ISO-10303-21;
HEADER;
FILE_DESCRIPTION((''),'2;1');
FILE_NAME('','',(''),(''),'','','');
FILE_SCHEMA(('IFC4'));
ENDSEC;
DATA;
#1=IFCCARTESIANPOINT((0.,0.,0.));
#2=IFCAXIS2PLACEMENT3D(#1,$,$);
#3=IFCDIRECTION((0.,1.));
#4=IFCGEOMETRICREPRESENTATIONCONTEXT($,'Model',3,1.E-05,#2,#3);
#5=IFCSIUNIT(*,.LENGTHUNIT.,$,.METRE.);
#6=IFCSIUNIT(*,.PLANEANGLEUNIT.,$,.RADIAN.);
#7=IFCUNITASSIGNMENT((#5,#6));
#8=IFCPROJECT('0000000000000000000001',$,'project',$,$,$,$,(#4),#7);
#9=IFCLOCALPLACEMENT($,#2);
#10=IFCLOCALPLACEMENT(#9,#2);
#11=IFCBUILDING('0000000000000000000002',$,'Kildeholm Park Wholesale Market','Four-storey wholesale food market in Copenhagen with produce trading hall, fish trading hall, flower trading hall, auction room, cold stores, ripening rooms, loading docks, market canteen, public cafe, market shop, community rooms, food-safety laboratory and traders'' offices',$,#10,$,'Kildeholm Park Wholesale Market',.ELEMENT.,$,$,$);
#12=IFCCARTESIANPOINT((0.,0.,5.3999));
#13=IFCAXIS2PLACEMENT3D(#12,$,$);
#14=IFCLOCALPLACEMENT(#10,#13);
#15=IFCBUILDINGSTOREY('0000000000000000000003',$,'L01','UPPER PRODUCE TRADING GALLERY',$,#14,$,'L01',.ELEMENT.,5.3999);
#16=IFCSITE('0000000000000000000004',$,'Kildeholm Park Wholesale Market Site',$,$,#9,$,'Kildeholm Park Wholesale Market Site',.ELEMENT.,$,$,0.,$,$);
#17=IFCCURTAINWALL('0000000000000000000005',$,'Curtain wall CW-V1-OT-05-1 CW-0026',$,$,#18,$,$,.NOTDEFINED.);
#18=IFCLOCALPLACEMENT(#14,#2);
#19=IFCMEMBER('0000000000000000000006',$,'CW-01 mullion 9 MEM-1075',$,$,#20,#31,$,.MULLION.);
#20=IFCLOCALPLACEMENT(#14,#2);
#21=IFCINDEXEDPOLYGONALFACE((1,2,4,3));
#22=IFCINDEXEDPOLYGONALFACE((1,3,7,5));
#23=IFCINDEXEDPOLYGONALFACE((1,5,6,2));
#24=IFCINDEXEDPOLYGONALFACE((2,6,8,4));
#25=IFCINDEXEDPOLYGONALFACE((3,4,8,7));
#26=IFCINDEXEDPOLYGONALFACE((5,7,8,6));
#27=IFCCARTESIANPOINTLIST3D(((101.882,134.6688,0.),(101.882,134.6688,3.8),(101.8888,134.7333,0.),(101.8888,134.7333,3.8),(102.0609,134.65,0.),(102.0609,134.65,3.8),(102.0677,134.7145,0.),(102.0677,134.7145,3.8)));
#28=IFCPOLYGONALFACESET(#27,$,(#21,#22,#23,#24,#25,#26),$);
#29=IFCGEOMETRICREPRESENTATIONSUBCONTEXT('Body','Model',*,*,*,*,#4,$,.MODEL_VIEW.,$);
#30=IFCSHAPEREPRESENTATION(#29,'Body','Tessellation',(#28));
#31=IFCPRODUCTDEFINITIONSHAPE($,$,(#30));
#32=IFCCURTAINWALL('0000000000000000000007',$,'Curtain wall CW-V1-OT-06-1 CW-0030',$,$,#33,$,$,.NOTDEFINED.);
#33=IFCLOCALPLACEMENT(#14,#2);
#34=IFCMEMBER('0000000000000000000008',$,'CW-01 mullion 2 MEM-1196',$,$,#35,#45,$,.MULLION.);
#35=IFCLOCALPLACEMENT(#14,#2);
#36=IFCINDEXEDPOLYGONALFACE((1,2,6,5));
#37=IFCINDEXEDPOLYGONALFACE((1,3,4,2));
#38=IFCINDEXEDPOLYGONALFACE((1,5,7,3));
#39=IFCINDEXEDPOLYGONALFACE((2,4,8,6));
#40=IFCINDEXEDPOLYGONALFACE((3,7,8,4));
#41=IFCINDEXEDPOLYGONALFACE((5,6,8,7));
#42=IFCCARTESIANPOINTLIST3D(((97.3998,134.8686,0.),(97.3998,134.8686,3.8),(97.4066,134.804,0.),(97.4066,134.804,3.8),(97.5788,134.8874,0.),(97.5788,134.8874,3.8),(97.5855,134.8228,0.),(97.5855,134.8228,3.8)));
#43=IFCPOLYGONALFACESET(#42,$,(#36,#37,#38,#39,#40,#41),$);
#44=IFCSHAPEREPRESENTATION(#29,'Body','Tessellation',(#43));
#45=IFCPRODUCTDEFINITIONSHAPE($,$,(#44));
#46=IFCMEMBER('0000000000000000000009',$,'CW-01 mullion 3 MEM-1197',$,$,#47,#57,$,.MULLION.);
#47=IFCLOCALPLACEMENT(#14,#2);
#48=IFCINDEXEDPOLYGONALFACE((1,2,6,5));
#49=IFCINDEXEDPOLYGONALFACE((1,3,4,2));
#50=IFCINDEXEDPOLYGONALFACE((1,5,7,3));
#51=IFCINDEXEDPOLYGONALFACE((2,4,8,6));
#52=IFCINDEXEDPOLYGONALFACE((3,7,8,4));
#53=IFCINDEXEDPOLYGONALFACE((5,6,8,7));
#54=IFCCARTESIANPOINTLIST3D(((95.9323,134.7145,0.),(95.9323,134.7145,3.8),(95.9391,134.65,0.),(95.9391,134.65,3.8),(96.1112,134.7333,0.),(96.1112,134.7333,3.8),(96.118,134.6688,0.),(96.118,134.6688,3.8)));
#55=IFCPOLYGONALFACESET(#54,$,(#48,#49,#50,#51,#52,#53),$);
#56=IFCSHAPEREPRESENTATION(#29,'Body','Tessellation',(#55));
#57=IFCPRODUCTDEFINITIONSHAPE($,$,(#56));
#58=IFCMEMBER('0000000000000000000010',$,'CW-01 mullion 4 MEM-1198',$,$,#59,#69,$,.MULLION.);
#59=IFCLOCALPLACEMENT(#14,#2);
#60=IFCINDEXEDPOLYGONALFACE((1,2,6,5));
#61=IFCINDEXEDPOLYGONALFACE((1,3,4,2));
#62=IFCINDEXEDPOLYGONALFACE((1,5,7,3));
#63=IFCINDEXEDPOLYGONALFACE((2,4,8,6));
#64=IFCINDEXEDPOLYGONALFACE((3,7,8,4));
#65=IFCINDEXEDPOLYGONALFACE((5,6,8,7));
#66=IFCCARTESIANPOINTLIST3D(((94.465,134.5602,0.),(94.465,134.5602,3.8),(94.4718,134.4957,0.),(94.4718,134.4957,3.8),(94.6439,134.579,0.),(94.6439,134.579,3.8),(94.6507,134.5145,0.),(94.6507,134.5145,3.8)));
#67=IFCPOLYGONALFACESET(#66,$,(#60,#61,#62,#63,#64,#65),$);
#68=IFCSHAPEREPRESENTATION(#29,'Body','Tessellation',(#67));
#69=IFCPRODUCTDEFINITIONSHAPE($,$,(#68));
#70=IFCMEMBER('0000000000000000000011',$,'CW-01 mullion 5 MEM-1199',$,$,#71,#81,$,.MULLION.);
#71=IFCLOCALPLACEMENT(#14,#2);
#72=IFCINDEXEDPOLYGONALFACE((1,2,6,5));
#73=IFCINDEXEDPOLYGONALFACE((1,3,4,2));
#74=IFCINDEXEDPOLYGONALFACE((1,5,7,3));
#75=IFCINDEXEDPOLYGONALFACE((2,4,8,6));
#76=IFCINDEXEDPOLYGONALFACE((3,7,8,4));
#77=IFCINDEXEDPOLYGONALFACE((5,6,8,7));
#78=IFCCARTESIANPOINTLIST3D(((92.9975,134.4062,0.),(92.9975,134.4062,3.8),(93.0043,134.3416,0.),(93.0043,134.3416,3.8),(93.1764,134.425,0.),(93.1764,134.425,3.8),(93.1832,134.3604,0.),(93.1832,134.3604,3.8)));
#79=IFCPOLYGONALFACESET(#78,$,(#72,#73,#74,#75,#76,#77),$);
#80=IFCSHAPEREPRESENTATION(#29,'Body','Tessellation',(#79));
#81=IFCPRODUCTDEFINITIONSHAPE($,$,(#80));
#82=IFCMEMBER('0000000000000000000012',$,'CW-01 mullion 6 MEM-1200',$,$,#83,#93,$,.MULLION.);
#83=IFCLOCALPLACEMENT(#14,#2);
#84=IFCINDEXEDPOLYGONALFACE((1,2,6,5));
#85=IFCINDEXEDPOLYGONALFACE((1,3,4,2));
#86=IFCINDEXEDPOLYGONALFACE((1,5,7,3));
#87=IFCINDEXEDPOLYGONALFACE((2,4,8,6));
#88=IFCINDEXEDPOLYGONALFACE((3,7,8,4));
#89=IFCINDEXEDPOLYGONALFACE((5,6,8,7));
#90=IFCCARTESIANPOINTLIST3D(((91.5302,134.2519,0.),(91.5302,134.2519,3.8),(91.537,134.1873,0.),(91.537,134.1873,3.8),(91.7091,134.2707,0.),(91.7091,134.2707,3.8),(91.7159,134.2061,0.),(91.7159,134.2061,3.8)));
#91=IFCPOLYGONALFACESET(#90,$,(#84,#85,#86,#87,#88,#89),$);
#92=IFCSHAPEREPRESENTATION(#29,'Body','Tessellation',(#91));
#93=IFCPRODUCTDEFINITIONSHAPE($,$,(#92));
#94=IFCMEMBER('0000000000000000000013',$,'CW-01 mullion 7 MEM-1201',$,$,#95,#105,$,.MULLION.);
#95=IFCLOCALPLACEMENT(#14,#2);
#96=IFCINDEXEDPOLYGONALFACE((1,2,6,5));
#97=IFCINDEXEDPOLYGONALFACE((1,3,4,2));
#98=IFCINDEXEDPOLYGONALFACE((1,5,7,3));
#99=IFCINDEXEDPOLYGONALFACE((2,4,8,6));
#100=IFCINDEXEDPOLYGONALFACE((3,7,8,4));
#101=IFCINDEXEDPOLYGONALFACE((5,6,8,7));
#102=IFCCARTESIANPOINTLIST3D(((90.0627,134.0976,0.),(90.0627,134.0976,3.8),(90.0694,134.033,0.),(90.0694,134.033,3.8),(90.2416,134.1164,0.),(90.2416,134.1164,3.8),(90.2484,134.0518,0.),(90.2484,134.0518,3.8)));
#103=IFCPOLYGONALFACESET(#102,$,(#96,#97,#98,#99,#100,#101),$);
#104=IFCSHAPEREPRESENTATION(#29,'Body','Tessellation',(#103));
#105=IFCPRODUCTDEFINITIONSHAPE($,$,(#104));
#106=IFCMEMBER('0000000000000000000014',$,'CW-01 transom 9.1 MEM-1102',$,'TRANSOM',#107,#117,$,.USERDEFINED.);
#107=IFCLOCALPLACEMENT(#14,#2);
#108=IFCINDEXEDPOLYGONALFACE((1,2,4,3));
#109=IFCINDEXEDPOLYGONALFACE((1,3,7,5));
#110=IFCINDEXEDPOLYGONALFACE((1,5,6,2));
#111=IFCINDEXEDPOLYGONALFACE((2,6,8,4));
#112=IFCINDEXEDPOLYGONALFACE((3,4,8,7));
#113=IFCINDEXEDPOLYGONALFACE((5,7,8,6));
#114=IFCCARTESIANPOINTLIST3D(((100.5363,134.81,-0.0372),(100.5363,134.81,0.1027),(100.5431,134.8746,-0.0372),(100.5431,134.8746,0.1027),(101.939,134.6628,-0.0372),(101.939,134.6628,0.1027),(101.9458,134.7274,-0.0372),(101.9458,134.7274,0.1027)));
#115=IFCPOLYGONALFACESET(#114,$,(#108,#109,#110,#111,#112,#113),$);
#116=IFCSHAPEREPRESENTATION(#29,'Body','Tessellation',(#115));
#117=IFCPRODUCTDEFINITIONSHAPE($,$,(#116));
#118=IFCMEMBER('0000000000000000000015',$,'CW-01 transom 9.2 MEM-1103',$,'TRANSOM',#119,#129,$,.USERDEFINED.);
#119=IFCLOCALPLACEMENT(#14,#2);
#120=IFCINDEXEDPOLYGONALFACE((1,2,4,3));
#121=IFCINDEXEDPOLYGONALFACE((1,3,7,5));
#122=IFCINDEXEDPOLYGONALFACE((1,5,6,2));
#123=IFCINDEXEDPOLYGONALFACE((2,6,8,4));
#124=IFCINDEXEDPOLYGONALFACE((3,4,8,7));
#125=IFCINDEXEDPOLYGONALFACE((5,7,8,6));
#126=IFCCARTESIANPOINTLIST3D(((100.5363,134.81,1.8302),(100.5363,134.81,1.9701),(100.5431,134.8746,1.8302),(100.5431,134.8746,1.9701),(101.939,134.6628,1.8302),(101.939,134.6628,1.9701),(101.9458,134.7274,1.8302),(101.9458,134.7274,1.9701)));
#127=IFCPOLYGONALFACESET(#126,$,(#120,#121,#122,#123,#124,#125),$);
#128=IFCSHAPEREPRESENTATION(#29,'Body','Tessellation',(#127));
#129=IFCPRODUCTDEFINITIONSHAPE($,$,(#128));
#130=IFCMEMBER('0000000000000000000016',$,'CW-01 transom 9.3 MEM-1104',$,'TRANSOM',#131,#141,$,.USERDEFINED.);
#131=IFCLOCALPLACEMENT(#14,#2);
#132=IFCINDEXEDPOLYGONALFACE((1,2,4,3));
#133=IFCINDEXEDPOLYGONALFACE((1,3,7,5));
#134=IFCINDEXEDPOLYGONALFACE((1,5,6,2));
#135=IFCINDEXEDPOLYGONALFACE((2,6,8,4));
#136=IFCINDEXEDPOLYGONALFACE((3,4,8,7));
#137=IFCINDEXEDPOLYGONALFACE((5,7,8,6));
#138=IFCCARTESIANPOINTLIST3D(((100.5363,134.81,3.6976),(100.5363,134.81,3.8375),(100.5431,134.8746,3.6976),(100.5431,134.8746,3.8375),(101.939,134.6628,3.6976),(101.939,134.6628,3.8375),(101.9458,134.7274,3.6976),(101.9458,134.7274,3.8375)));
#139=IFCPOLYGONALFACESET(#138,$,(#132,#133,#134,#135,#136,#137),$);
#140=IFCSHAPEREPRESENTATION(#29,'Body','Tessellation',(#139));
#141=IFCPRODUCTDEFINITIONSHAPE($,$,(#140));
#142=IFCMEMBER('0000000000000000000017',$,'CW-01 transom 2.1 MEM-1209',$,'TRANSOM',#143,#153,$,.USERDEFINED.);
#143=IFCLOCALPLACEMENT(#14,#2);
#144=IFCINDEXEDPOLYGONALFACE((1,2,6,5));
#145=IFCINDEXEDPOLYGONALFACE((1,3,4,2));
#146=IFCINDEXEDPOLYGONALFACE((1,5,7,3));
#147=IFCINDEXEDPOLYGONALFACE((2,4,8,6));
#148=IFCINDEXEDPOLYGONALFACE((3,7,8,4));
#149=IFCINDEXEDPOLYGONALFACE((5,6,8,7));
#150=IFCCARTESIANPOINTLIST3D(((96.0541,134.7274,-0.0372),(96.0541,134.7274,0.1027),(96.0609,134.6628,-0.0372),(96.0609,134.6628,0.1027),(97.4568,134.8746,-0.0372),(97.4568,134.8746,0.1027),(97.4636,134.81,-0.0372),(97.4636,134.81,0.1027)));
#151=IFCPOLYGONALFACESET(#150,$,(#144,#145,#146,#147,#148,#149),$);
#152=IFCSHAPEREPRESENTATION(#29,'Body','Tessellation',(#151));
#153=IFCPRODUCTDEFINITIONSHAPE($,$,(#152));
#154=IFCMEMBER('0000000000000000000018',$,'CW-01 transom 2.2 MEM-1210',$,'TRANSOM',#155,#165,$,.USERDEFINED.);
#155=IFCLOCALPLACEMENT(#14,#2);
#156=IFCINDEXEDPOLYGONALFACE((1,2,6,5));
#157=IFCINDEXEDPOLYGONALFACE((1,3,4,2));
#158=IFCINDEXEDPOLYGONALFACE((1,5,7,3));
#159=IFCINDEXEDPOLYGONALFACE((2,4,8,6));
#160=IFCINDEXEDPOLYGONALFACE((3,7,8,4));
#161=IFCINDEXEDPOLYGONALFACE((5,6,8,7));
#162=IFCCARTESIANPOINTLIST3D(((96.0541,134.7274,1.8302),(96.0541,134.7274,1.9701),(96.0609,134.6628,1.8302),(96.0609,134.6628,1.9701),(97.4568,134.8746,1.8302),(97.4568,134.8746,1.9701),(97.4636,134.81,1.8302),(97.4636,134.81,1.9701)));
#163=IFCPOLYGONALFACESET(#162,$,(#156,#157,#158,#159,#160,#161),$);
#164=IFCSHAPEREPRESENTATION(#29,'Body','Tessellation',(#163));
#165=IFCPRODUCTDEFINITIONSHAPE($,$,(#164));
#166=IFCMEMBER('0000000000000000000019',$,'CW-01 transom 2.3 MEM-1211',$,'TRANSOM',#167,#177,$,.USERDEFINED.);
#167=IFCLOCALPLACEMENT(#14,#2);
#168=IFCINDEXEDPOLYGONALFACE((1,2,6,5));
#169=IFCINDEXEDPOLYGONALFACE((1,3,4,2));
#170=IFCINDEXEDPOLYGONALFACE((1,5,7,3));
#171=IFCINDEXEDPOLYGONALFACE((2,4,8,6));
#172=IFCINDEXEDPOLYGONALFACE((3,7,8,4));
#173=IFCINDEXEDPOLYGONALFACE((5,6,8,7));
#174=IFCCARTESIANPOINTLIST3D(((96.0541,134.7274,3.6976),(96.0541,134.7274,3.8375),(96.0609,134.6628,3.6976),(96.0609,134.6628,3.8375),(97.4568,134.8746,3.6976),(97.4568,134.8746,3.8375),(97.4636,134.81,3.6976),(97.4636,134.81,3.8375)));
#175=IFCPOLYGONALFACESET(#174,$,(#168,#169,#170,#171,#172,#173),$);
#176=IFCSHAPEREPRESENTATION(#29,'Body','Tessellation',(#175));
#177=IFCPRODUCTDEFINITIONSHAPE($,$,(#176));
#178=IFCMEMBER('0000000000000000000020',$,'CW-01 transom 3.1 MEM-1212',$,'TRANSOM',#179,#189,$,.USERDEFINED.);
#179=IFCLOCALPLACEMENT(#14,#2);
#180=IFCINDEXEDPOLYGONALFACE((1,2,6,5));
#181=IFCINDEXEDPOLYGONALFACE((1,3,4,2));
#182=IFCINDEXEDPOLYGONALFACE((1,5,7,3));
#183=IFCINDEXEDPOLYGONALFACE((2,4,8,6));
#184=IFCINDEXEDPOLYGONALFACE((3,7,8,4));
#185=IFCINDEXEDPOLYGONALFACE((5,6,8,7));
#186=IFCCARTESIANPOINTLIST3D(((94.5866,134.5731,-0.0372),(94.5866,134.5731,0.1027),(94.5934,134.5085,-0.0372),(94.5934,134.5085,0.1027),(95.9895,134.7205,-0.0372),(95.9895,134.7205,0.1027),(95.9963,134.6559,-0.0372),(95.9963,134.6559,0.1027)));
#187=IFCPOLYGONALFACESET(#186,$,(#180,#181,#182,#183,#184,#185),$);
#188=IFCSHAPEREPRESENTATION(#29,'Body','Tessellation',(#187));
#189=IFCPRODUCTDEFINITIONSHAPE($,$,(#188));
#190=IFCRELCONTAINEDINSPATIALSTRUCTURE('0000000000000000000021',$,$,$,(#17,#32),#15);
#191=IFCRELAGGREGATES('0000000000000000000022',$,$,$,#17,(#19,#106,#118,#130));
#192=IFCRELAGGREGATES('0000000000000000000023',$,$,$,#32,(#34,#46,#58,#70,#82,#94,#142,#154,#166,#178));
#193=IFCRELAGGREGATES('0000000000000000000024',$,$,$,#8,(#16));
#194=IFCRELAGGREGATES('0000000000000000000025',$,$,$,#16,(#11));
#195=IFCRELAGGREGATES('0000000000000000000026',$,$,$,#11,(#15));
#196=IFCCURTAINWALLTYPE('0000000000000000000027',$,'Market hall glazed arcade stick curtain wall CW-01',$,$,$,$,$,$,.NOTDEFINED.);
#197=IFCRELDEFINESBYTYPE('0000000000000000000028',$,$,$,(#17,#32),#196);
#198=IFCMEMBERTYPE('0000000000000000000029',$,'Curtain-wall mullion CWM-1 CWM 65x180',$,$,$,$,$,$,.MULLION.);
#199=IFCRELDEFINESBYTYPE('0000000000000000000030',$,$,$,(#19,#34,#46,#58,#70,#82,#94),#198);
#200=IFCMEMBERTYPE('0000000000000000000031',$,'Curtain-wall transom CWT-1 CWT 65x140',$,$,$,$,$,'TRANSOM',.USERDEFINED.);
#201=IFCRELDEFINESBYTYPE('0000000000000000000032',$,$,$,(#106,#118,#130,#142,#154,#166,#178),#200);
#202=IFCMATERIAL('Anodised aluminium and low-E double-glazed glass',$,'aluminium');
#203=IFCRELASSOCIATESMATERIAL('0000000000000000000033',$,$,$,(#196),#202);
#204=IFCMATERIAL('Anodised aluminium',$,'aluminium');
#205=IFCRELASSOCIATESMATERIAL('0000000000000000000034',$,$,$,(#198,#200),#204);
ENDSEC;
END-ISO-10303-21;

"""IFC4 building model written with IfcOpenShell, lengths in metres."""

from ifc_helpers import new_model, si_unit, direction, frame, origin, origin_2d, place, context, subcontext, project, spatial, rectangle, extrude, material, material_profile, profile_set, type_object, element, aggregate, save


model = new_model("IFC4")

# Units and contexts
model_context = context("Model", 3, precision=1e-05, world=origin(), true_north=direction((0.0, 1.0)))
body_context = subcontext(model_context, "Body", "Model", "MODEL_VIEW")
ifc_project = project(units=[si_unit("LENGTHUNIT", "METRE"), si_unit("PLANEANGLEUNIT", "RADIAN")], contexts=[model_context])

# Site, building, storey
site_placement = place(None, origin())
site = spatial("IfcSite", under=ifc_project, at=site_placement, Name="Kildeholm Park Wholesale Market Site", LongName="Kildeholm Park Wholesale Market Site", CompositionType="ELEMENT", RefElevation=0.0)
building_placement = place(site_placement, origin())
building = spatial("IfcBuilding", under=site, at=building_placement, Name="Kildeholm Park Wholesale Market", Description="Four-storey wholesale food market in Copenhagen with produce trading hall, fish trading hall, flower trading hall, auction room, cold stores, ripening rooms, loading docks, market canteen, public cafe, market shop, community rooms, food-safety laboratory and traders' offices", LongName="Kildeholm Park Wholesale Market", CompositionType="ELEMENT")
storey_placement = place(building_placement, frame((0.0, 0.0, 5.3999)))
storey = spatial("IfcBuildingStorey", under=building, at=storey_placement, Name="L01", Description="UPPER PRODUCE TRADING GALLERY", LongName="L01", CompositionType="ELEMENT", Elevation=5.3999)

# Curtain wall, member
ifc_material_1 = material(Name="Anodised aluminium and low-E double-glazed glass", Category="aluminium")
curtain_wall_type = type_object("IfcCurtainWallType", Name="Market hall glazed arcade stick curtain wall CW-01", PredefinedType="NOTDEFINED", material=ifc_material_1)
curtain_wall_1_placement = place(storey_placement, origin())
curtain_wall_1 = element("IfcCurtainWall", 1, at=curtain_wall_1_placement, inside=storey, type_object=curtain_wall_type, Name="Curtain wall CW-V1-OT-05-1 CW-0026", PredefinedType="NOTDEFINED")
ifc_material_2 = material(Name="Anodised aluminium", Category="aluminium")
ifc_material_profile_1 = material_profile(ifc_material_2, rectangle(XDim=0.0649, YDim=0.1799, at=origin_2d()), Name="CWM 65x180")
ifc_profile_set_1 = profile_set([ifc_material_profile_1], Name="Anodised aluminium")
member_type_1 = type_object("IfcMemberType", Name="Curtain-wall mullion CWM-1 CWM 65x180", PredefinedType="MULLION", material=ifc_profile_set_1)
member_1_placement = place(storey_placement, frame((101.9749, 134.6917, 0.0), z_axis=(0.0, 0.0, 1.0), x_axis=(-0.104508, -0.994524, 0.0)))
member_1 = element("IfcMember", 2, at=member_1_placement, type_object=member_type_1, Name="CW-01 mullion 9 MEM-1075", PredefinedType="MULLION", context=body_context, shape_type="SweptSolid", body=[
    extrude(rectangle(XDim=0.0649, YDim=0.1799, at=origin_2d()), origin(), (0.0, 0.0, 1.0), 3.8),
])

# Curtain wall, members
curtain_wall_2_placement = place(storey_placement, origin())
curtain_wall_2 = element("IfcCurtainWall", 3, at=curtain_wall_2_placement, inside=storey, type_object=curtain_wall_type, Name="Curtain wall CW-V1-OT-06-1 CW-0030", PredefinedType="NOTDEFINED")
member_2_placement = place(storey_placement, frame((97.4927, 134.8457, 0.0), z_axis=(0.0, 0.0, 1.0), x_axis=(0.104508, -0.994524, 0.0)))
member_2 = element("IfcMember", 4, at=member_2_placement, type_object=member_type_1, Name="CW-01 mullion 2 MEM-1196", PredefinedType="MULLION", context=body_context, shape_type="SweptSolid", body=[
    extrude(rectangle(XDim=0.0649, YDim=0.1799, at=origin_2d()), origin(), (0.0, 0.0, 1.0), 3.8),
])
member_3_placement = place(storey_placement, frame((96.0251, 134.6917, 0.0), z_axis=(0.0, 0.0, 1.0), x_axis=(0.104508, -0.994524, 0.0)))
member_3 = element("IfcMember", 5, at=member_3_placement, type_object=member_type_1, Name="CW-01 mullion 3 MEM-1197", PredefinedType="MULLION", context=body_context, shape_type="SweptSolid", body=[
    extrude(rectangle(XDim=0.0649, YDim=0.1799, at=origin_2d()), origin(), (0.0, 0.0, 1.0), 3.8),
])
member_4_placement = place(storey_placement, frame((94.5579, 134.5374, 0.0), z_axis=(0.0, 0.0, 1.0), x_axis=(0.104508, -0.994524, 0.0)))
member_4 = element("IfcMember", 6, at=member_4_placement, type_object=member_type_1, Name="CW-01 mullion 4 MEM-1198", PredefinedType="MULLION", context=body_context, shape_type="SweptSolid", body=[
    extrude(rectangle(XDim=0.0649, YDim=0.1799, at=origin_2d()), origin(), (0.0, 0.0, 1.0), 3.8),
])
member_5_placement = place(storey_placement, frame((93.0903, 134.3833, 0.0), z_axis=(0.0, 0.0, 1.0), x_axis=(0.104508, -0.994524, 0.0)))
member_5 = element("IfcMember", 7, at=member_5_placement, type_object=member_type_1, Name="CW-01 mullion 5 MEM-1199", PredefinedType="MULLION", context=body_context, shape_type="SweptSolid", body=[
    extrude(rectangle(XDim=0.0649, YDim=0.1799, at=origin_2d()), origin(), (0.0, 0.0, 1.0), 3.8),
])
member_6_placement = place(storey_placement, frame((91.623, 134.229, 0.0), z_axis=(0.0, 0.0, 1.0), x_axis=(0.104508, -0.994524, 0.0)))
member_6 = element("IfcMember", 8, at=member_6_placement, type_object=member_type_1, Name="CW-01 mullion 6 MEM-1200", PredefinedType="MULLION", context=body_context, shape_type="SweptSolid", body=[
    extrude(rectangle(XDim=0.0649, YDim=0.1799, at=origin_2d()), origin(), (0.0, 0.0, 1.0), 3.8),
])
member_7_placement = place(storey_placement, frame((90.1555, 134.0747, 0.0), z_axis=(0.0, 0.0, 1.0), x_axis=(0.104508, -0.994524, 0.0)))
member_7 = element("IfcMember", 9, at=member_7_placement, type_object=member_type_1, Name="CW-01 mullion 7 MEM-1201", PredefinedType="MULLION", context=body_context, shape_type="SweptSolid", body=[
    extrude(rectangle(XDim=0.0649, YDim=0.1799, at=origin_2d()), origin(), (0.0, 0.0, 1.0), 3.8),
])

# Members
ifc_material_profile_2 = material_profile(ifc_material_2, rectangle(XDim=0.0649, YDim=0.1399, at=origin_2d()), Name="CWT 65x140")
ifc_profile_set_2 = profile_set([ifc_material_profile_2], Name="Anodised aluminium")
member_type_2 = type_object("IfcMemberType", Name="Curtain-wall transom CWT-1 CWT 65x140", ElementType="TRANSOM", PredefinedType="USERDEFINED", material=ifc_profile_set_2)
member_8_placement = place(storey_placement, frame((101.9424, 134.6951, 0.0327), z_axis=(-0.994537, 0.104387, 0.0), x_axis=(-0.104387, -0.994537, 0.0)))
member_8 = element("IfcMember", 10, at=member_8_placement, type_object=member_type_2, Name="CW-01 transom 9.1 MEM-1102", ObjectType="TRANSOM", PredefinedType="USERDEFINED", context=body_context, shape_type="SweptSolid", body=[
    extrude(rectangle(XDim=0.0649, YDim=0.1399, at=origin_2d()), origin(), (0.0, 0.0, 1.0), 1.4104),
])
member_9_placement = place(storey_placement, frame((101.9424, 134.6951, 1.9001), z_axis=(-0.994537, 0.104387, 0.0), x_axis=(-0.104387, -0.994537, 0.0)))
member_9 = element("IfcMember", 11, at=member_9_placement, type_object=member_type_2, Name="CW-01 transom 9.2 MEM-1103", ObjectType="TRANSOM", PredefinedType="USERDEFINED", context=body_context, shape_type="SweptSolid", body=[
    extrude(rectangle(XDim=0.0649, YDim=0.1399, at=origin_2d()), origin(), (0.0, 0.0, 1.0), 1.4104),
])
member_10_placement = place(storey_placement, frame((101.9424, 134.6951, 3.7676), z_axis=(-0.994537, 0.104387, 0.0), x_axis=(-0.104387, -0.994537, 0.0)))
member_10 = element("IfcMember", 12, at=member_10_placement, type_object=member_type_2, Name="CW-01 transom 9.3 MEM-1104", ObjectType="TRANSOM", PredefinedType="USERDEFINED", context=body_context, shape_type="SweptSolid", body=[
    extrude(rectangle(XDim=0.0649, YDim=0.1399, at=origin_2d()), origin(), (0.0, 0.0, 1.0), 1.4104),
])
member_11_placement = place(storey_placement, frame((97.4602, 134.8423, 0.0327), z_axis=(-0.994537, -0.104387, 0.0), x_axis=(0.104387, -0.994537, 0.0)))
member_11 = element("IfcMember", 13, at=member_11_placement, type_object=member_type_2, Name="CW-01 transom 2.1 MEM-1209", ObjectType="TRANSOM", PredefinedType="USERDEFINED", context=body_context, shape_type="SweptSolid", body=[
    extrude(rectangle(XDim=0.0649, YDim=0.1399, at=origin_2d()), origin(), (0.0, 0.0, 1.0), 1.4104),
])
member_12_placement = place(storey_placement, frame((97.4602, 134.8423, 1.9001), z_axis=(-0.994537, -0.104387, 0.0), x_axis=(0.104387, -0.994537, 0.0)))
member_12 = element("IfcMember", 14, at=member_12_placement, type_object=member_type_2, Name="CW-01 transom 2.2 MEM-1210", ObjectType="TRANSOM", PredefinedType="USERDEFINED", context=body_context, shape_type="SweptSolid", body=[
    extrude(rectangle(XDim=0.0649, YDim=0.1399, at=origin_2d()), origin(), (0.0, 0.0, 1.0), 1.4104),
])
member_13_placement = place(storey_placement, frame((97.4602, 134.8423, 3.7676), z_axis=(-0.994537, -0.104387, 0.0), x_axis=(0.104387, -0.994537, 0.0)))
member_13 = element("IfcMember", 15, at=member_13_placement, type_object=member_type_2, Name="CW-01 transom 2.3 MEM-1211", ObjectType="TRANSOM", PredefinedType="USERDEFINED", context=body_context, shape_type="SweptSolid", body=[
    extrude(rectangle(XDim=0.0649, YDim=0.1399, at=origin_2d()), origin(), (0.0, 0.0, 1.0), 1.4104),
])
member_14_placement = place(storey_placement, frame((95.9929, 134.6882, 0.0327), z_axis=(-0.994521, -0.104541, 0.0), x_axis=(0.104541, -0.994521, 0.0)))
member_14 = element("IfcMember", 16, at=member_14_placement, type_object=member_type_2, Name="CW-01 transom 3.1 MEM-1212", ObjectType="TRANSOM", PredefinedType="USERDEFINED", context=body_context, shape_type="SweptSolid", body=[
    extrude(rectangle(XDim=0.0649, YDim=0.1399, at=origin_2d()), origin(), (0.0, 0.0, 1.0), 1.4106),
])

aggregate(curtain_wall_1, [member_1, member_8, member_9, member_10])
aggregate(curtain_wall_2, [member_2, member_3, member_4, member_5, member_6, member_7, member_11, member_12, member_13, member_14])

save(model, "model.ifc")
